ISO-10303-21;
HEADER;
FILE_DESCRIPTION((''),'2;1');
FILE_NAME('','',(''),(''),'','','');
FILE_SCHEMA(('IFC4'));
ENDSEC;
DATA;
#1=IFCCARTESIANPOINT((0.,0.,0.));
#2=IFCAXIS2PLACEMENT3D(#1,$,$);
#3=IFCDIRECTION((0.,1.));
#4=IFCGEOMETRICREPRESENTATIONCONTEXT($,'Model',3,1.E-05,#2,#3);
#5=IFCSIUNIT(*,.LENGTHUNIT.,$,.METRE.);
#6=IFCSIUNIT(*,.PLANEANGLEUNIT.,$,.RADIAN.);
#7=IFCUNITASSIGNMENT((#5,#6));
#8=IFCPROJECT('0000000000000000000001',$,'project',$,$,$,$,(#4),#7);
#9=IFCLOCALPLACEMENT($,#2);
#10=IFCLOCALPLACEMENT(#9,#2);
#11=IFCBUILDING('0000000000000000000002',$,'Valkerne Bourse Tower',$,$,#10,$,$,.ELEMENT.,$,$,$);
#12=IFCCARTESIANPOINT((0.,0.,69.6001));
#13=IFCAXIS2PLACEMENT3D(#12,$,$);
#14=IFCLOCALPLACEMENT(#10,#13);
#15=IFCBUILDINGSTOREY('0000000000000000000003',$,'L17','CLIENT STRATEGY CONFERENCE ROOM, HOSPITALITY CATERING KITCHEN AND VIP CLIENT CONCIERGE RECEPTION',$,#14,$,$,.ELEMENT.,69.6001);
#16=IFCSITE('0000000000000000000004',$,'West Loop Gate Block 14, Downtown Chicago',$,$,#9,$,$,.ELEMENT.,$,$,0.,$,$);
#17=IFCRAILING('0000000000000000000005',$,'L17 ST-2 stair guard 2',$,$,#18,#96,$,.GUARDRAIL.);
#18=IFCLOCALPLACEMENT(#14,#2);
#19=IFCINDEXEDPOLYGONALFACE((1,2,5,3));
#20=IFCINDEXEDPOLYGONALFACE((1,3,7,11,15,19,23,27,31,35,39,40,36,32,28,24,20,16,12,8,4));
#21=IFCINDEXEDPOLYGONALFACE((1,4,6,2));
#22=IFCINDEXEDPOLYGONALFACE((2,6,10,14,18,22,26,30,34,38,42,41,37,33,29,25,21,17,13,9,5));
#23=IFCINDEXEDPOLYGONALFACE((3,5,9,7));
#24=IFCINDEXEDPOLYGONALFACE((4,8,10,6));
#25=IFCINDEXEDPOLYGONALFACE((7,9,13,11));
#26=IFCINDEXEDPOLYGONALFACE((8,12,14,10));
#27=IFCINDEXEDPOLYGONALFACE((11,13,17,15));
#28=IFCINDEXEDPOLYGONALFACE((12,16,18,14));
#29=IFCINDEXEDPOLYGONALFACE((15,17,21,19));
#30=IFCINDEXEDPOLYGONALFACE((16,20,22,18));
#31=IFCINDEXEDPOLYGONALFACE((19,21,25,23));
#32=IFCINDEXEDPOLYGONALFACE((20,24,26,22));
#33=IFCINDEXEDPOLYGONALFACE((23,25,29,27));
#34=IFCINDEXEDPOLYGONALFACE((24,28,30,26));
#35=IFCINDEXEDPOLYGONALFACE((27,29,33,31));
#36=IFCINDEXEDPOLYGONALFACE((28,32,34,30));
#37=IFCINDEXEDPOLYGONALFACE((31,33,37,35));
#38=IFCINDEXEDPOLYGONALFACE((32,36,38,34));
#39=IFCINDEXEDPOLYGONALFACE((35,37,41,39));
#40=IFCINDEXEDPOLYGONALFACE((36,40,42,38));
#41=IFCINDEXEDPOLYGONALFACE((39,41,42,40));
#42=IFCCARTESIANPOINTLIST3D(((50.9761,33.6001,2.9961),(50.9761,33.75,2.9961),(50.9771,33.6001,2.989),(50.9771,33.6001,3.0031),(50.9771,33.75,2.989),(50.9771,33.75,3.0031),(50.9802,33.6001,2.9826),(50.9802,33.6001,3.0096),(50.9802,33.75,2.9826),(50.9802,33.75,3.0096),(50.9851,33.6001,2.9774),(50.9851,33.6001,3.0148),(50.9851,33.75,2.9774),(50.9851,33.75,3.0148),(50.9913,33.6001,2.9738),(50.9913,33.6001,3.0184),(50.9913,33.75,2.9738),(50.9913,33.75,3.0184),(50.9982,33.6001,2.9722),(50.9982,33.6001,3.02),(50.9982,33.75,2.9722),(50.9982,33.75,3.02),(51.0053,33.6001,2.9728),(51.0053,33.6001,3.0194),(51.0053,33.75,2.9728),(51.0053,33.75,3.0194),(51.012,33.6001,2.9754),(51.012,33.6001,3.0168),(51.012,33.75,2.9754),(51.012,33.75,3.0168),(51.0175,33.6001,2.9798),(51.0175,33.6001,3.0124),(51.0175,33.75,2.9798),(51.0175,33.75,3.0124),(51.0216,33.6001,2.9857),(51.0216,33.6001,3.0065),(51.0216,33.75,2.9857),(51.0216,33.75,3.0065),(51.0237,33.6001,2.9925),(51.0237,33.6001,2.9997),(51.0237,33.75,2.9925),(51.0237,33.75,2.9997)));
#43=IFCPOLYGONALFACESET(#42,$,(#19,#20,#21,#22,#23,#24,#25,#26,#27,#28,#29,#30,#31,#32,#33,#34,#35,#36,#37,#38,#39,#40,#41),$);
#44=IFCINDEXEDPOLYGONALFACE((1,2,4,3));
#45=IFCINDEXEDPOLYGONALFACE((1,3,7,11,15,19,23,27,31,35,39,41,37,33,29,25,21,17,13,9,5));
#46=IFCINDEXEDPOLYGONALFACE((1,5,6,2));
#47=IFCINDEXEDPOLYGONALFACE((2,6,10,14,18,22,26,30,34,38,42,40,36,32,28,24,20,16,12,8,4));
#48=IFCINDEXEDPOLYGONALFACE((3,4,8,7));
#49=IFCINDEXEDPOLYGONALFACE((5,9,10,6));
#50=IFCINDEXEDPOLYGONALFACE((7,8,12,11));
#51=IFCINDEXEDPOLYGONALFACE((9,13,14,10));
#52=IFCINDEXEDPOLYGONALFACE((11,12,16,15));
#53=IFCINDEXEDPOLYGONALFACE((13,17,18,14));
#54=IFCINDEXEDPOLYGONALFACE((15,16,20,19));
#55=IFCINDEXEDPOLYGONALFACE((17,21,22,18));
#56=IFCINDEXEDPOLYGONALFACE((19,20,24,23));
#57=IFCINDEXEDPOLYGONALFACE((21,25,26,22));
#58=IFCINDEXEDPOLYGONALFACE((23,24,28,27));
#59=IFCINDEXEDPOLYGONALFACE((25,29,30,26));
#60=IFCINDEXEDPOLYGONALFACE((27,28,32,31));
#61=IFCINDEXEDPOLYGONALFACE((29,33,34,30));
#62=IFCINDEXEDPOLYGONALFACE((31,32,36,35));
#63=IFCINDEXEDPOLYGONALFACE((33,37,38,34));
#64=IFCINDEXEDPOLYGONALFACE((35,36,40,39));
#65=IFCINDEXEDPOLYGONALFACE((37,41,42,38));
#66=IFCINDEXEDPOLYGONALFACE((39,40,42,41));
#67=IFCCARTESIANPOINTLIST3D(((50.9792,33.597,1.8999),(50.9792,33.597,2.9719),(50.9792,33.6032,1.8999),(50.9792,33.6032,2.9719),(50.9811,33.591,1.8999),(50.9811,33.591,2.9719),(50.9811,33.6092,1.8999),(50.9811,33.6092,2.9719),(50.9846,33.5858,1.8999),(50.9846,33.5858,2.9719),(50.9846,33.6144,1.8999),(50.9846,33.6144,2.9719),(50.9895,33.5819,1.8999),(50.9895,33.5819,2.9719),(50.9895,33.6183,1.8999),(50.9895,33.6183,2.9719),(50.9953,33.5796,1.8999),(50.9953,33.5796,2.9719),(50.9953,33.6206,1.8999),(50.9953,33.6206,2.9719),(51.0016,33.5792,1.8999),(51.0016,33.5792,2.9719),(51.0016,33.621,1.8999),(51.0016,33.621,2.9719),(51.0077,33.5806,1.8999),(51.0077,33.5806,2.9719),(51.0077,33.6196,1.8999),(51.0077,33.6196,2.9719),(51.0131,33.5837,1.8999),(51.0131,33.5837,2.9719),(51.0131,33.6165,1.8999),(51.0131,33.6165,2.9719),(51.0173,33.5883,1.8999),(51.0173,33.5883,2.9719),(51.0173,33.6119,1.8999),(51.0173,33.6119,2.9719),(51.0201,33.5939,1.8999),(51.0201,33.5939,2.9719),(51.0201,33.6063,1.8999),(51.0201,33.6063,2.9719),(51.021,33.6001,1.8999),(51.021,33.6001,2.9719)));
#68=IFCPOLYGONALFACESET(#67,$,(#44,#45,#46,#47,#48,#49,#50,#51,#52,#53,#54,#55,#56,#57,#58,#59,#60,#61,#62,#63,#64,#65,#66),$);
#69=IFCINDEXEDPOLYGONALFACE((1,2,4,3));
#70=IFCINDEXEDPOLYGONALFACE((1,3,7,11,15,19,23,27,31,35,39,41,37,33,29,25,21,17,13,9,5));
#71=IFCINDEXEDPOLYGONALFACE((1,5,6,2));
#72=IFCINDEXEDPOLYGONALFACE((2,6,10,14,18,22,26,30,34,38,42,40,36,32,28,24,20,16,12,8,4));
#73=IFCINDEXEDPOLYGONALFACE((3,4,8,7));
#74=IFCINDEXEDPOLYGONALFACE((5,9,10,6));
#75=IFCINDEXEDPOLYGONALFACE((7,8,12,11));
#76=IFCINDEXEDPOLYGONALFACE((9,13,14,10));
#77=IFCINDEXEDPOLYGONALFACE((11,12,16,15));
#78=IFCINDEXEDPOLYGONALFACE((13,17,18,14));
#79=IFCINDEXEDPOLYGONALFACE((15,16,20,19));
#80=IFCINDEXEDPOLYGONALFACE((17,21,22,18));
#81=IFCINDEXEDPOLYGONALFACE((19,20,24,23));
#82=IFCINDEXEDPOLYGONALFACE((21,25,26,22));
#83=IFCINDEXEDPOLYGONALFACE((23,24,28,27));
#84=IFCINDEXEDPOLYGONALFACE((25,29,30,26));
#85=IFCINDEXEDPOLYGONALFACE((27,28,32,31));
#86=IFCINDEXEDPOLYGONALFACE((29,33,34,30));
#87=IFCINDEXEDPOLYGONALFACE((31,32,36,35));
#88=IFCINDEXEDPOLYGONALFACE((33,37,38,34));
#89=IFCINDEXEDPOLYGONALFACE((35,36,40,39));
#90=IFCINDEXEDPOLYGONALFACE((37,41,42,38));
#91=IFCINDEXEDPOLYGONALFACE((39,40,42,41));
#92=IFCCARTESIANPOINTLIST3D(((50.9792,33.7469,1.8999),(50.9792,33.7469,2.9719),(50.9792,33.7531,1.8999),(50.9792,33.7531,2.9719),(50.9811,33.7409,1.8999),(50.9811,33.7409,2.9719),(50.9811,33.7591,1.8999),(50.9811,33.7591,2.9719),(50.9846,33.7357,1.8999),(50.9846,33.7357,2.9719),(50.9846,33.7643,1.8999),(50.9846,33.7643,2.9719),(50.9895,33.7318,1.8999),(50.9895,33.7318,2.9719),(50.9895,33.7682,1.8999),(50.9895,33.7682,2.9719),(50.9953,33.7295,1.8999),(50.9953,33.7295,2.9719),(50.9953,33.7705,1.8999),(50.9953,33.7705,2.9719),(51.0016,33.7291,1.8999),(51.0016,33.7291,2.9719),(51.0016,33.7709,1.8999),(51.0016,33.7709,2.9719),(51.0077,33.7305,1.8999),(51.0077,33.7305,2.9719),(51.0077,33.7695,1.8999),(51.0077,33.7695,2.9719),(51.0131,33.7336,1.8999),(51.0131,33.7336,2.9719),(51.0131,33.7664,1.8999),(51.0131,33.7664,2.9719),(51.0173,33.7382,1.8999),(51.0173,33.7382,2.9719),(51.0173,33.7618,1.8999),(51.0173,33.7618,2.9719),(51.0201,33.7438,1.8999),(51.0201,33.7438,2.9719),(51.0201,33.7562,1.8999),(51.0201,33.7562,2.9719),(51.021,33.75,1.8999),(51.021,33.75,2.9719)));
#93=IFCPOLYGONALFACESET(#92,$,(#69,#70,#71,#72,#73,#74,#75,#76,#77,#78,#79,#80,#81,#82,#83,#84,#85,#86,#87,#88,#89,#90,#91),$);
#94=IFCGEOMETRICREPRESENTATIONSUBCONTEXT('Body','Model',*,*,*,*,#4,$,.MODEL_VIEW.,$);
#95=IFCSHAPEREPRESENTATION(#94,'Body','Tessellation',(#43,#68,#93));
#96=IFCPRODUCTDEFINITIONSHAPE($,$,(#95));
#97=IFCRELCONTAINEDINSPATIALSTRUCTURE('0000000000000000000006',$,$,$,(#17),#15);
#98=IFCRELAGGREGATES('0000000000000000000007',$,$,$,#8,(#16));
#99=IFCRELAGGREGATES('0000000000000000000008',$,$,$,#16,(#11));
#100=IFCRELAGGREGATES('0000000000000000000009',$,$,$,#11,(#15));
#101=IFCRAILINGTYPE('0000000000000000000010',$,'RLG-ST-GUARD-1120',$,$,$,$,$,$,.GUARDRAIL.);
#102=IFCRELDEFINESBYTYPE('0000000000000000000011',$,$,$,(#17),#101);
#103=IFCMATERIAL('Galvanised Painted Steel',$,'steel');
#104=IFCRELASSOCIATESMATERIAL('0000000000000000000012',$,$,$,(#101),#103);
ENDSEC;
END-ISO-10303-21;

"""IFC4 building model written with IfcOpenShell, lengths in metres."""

from ifc_helpers import new_model, si_unit, direction, frame, origin, origin_2d, place, context, subcontext, project, spatial, circle, extrude, material, type_object, element, save


model = new_model("IFC4")

# Units and contexts
model_context = context("Model", 3, precision=1e-05, world=origin(), true_north=direction((0.0, 1.0)))
body_context = subcontext(model_context, "Body", "Model", "MODEL_VIEW")
ifc_project = project(units=[si_unit("LENGTHUNIT", "METRE"), si_unit("PLANEANGLEUNIT", "RADIAN")], contexts=[model_context])

# Site, building, storey
site_placement = place(None, origin())
site = spatial("IfcSite", under=ifc_project, at=site_placement, Name="West Loop Gate Block 14, Downtown Chicago", CompositionType="ELEMENT", RefElevation=0.0)
building_placement = place(site_placement, origin())
building = spatial("IfcBuilding", under=site, at=building_placement, Name="Valkerne Bourse Tower", CompositionType="ELEMENT")
storey_placement = place(building_placement, frame((0.0, 0.0, 69.6001)))
storey = spatial("IfcBuildingStorey", under=building, at=storey_placement, Name="L17", Description="CLIENT STRATEGY CONFERENCE ROOM, HOSPITALITY CATERING KITCHEN AND VIP CLIENT CONCIERGE RECEPTION", CompositionType="ELEMENT", Elevation=69.6001)

# Railing
ifc_material_1 = material(Name="Galvanised Painted Steel", Category="steel")
railing_type_1 = type_object("IfcRailingType", Name="RLG-ST-GUARD-1120", PredefinedType="GUARDRAIL", material=ifc_material_1)
railing_1_placement = place(storey_placement, frame((51.0, 33.6001, 1.8999)))
element("IfcRailing", 1, at=railing_1_placement, inside=storey, type_object=railing_type_1, Name="L17 ST-2 stair guard 2", PredefinedType="GUARDRAIL", context=body_context, shape_type="SweptSolid", body=[
    extrude(circle(Radius=0.0239, at=origin_2d()), frame((0.0, 0.0, 1.0962), z_axis=(0.0, 1.0, 0.0), x_axis=(-1.0, 0.0, 0.0)), (0.0, 0.0, 1.0), 0.1499),
    extrude(circle(Radius=0.021, at=origin_2d()), origin(), (0.0, 0.0, 1.0), 1.072),
    extrude(circle(Radius=0.021, at=origin_2d()), frame((0.0, 0.1499, 0.0)), (0.0, 0.0, 1.0), 1.072),
])

save(model, "model.ifc")
